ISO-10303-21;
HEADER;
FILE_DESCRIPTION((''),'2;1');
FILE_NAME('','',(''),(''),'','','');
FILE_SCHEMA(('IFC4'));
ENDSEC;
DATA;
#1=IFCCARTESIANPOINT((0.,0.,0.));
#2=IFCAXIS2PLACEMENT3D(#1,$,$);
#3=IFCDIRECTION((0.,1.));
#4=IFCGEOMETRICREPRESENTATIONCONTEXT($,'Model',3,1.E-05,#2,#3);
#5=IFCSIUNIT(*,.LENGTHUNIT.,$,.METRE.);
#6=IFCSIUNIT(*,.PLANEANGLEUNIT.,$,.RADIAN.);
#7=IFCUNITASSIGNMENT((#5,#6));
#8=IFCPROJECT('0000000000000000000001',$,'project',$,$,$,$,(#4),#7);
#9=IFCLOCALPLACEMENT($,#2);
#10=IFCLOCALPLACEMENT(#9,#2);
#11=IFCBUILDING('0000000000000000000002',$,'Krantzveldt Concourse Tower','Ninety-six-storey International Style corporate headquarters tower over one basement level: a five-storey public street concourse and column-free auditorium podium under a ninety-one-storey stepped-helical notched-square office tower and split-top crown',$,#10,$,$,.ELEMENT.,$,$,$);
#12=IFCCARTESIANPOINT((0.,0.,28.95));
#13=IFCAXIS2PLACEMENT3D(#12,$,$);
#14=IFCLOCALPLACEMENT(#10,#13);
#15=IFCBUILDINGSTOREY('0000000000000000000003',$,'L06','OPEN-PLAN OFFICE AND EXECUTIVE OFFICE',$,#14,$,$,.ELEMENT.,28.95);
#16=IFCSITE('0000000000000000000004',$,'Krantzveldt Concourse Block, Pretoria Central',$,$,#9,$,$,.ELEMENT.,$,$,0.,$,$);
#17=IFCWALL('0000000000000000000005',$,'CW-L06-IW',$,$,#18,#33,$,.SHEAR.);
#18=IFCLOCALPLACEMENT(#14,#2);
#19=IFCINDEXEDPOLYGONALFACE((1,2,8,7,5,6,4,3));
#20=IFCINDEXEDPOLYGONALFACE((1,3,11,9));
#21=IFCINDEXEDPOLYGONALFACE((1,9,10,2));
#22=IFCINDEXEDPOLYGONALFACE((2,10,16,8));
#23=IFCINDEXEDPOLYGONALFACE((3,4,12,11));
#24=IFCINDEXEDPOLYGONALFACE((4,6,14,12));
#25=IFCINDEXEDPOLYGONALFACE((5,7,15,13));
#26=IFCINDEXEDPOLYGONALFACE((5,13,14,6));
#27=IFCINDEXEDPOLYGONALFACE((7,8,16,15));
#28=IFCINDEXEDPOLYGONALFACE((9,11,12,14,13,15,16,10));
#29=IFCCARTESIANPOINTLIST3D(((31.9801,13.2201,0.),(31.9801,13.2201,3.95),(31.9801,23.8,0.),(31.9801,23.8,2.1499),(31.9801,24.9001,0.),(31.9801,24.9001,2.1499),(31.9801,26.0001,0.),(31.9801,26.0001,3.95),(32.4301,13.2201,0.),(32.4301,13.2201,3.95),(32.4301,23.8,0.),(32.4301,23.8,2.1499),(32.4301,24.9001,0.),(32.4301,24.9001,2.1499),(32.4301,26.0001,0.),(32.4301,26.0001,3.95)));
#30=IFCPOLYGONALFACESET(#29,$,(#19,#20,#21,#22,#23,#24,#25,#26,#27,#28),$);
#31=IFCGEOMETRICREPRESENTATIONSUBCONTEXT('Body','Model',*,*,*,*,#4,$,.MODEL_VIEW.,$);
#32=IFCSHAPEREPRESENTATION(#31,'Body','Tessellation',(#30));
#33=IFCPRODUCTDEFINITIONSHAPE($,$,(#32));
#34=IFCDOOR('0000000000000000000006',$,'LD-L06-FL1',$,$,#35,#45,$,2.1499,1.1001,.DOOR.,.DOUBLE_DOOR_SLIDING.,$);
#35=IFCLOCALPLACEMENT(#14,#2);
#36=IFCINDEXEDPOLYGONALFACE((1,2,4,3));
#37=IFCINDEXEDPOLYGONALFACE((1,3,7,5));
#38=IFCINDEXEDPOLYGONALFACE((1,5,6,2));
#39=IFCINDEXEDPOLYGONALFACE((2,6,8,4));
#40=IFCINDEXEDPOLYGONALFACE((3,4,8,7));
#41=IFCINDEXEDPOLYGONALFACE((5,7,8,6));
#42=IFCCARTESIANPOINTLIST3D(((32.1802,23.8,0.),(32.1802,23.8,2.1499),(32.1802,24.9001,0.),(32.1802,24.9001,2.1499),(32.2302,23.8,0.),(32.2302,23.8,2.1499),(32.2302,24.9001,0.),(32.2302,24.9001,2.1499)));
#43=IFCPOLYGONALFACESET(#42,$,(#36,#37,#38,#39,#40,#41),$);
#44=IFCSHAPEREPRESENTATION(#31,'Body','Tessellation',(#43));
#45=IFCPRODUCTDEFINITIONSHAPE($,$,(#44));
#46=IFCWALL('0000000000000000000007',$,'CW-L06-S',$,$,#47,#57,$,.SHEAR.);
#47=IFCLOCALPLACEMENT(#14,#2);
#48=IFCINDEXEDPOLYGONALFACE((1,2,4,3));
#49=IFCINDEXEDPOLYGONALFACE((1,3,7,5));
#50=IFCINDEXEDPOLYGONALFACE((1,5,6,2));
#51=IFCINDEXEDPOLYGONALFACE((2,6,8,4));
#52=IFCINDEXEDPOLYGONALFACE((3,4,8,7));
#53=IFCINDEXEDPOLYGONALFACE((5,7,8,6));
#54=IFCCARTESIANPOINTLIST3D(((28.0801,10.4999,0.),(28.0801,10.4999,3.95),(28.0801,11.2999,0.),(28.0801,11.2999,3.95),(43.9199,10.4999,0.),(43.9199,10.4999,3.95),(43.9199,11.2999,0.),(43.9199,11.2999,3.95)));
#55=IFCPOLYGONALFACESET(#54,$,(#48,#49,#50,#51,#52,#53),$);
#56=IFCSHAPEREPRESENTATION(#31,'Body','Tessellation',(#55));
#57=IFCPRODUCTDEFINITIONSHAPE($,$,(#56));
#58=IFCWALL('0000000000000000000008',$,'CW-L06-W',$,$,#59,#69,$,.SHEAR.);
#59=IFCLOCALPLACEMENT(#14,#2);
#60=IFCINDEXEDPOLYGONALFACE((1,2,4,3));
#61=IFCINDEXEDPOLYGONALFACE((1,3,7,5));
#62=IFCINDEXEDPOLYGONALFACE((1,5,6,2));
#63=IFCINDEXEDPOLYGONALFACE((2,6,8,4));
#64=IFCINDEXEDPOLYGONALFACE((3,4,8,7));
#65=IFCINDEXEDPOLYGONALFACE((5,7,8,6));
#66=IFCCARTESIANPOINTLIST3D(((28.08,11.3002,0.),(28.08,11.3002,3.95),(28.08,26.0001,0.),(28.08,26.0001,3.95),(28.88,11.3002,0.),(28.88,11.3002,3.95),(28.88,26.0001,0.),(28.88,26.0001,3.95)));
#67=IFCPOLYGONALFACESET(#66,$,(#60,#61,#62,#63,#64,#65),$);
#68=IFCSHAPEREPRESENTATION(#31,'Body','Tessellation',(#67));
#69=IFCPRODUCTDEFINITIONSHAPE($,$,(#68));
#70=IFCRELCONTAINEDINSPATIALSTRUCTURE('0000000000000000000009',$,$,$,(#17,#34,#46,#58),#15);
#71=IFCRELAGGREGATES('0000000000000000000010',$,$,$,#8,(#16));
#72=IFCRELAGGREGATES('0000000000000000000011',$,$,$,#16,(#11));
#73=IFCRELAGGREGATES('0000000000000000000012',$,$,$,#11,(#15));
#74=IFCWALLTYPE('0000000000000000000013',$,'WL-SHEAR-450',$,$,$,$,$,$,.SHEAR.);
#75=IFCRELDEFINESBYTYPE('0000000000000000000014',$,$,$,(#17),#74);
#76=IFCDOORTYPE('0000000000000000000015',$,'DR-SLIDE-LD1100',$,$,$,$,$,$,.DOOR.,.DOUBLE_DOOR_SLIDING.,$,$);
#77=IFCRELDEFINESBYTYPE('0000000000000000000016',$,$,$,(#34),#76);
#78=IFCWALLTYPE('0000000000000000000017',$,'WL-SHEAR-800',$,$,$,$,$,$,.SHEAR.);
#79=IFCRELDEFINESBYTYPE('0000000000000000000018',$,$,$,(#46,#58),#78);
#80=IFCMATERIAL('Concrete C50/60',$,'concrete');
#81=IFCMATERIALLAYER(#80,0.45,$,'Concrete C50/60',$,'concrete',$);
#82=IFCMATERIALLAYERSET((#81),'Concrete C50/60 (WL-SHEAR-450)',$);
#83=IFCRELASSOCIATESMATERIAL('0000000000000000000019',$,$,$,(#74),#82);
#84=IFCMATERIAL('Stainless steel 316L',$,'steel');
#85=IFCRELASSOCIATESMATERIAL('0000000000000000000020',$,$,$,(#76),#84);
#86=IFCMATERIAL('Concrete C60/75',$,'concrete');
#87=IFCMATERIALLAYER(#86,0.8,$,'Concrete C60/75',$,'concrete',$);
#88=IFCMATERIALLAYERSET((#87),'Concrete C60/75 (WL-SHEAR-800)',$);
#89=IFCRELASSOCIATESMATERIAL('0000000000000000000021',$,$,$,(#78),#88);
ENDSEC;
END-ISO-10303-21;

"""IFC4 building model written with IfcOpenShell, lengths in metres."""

from ifc_helpers import new_model, si_unit, direction, frame, frame_2d, origin, place, context, subcontext, project, spatial, rectangle, extrude, material, layer, layer_set, type_object, element, fill, save


model = new_model("IFC4")

# Units and contexts
model_context = context("Model", 3, precision=1e-05, world=origin(), true_north=direction((0.0, 1.0)))
body_context = subcontext(model_context, "Body", "Model", "MODEL_VIEW")
ifc_project = project(units=[si_unit("LENGTHUNIT", "METRE"), si_unit("PLANEANGLEUNIT", "RADIAN")], contexts=[model_context])

# Site, building, storey
site_placement = place(None, origin())
site = spatial("IfcSite", under=ifc_project, at=site_placement, Name="Krantzveldt Concourse Block, Pretoria Central", CompositionType="ELEMENT", RefElevation=0.0)
building_placement = place(site_placement, origin())
building = spatial("IfcBuilding", under=site, at=building_placement, Name="Krantzveldt Concourse Tower", Description="Ninety-six-storey International Style corporate headquarters tower over one basement level: a five-storey public street concourse and column-free auditorium podium under a ninety-one-storey stepped-helical notched-square office tower and split-top crown", CompositionType="ELEMENT")
storey_placement = place(building_placement, frame((0.0, 0.0, 28.95)))
storey = spatial("IfcBuildingStorey", under=building, at=storey_placement, Name="L06", Description="OPEN-PLAN OFFICE AND EXECUTIVE OFFICE", CompositionType="ELEMENT", Elevation=28.95)

# Shared definitions
ifc_material_1 = material(Name="Concrete C50/60", Category="concrete")

# Wall, opening, door
ifc_layer_1 = layer(ifc_material_1, 0.45, Name="Concrete C50/60", Category="concrete")
ifc_layer_set_1 = layer_set([ifc_layer_1], Name="Concrete C50/60 (WL-SHEAR-450)")
wall_type_1 = type_object("IfcWallType", Name="WL-SHEAR-450", PredefinedType="SHEAR", material=ifc_layer_set_1)
wall_1_placement = place(storey_placement, frame((32.2051, 13.22, 0.0), z_axis=(0.0, 0.0, 1.0), x_axis=(0.0, 1.0, 0.0)))
wall_1 = element("IfcWall", 1, at=wall_1_placement, inside=storey, type_object=wall_type_1, Name="CW-L06-IW", PredefinedType="SHEAR", context=body_context, shape_type="SweptSolid", body=[
    extrude(rectangle(XDim=12.78, YDim=0.45, at=frame_2d((6.3901, 0.0))), origin(), (0.0, 0.0, 1.0), 3.95),
])
opening_1_placement = place(wall_1_placement, frame((10.5801, 0.0, 0.0)))
opening_1 = element("IfcOpeningElement", 2, at=opening_1_placement, cuts=wall_1, PredefinedType="OPENING", context=body_context, shape_type="SweptSolid", body=[
    extrude(rectangle(XDim=1.1001, YDim=2.1499, at=frame_2d((0.55, 1.075))), frame((0.0, 0.2349, 0.0), z_axis=(0.0, -1.0, 0.0), x_axis=(1.0, 0.0, 0.0)), (0.0, 0.0, 1.0), 0.47),
])
ifc_material_2 = material(Name="Stainless steel 316L", Category="steel")
door_type_1 = type_object("IfcDoorType", Name="DR-SLIDE-LD1100", OperationType="DOUBLE_DOOR_SLIDING", PredefinedType="DOOR", material=ifc_material_2)
door_1_placement = place(opening_1_placement, origin())
door_1 = element("IfcDoor", 3, at=door_1_placement, inside=storey, type_object=door_type_1, Name="LD-L06-FL1", OperationType="DOUBLE_DOOR_SLIDING", OverallHeight=2.1499, OverallWidth=1.1001, PredefinedType="DOOR", context=body_context, shape_type="SweptSolid", body=[
    extrude(rectangle(XDim=1.1001, YDim=2.1499, at=frame_2d((0.55, 1.075))), frame((0.0, 0.0249, 0.0), z_axis=(0.0, -1.0, 0.0), x_axis=(1.0, 0.0, 0.0)), (0.0, 0.0, 1.0), 0.05),
])
fill(opening_1, door_1)

# Walls
ifc_material_3 = material(Name="Concrete C60/75", Category="concrete")
ifc_layer_2 = layer(ifc_material_3, 0.8, Name="Concrete C60/75", Category="concrete")
ifc_layer_set_2 = layer_set([ifc_layer_2], Name="Concrete C60/75 (WL-SHEAR-800)")
wall_type_2 = type_object("IfcWallType", Name="WL-SHEAR-800", PredefinedType="SHEAR", material=ifc_layer_set_2)
wall_2_placement = place(storey_placement, frame((28.0801, 10.8999, 0.0), z_axis=(0.0, 0.0, 1.0), x_axis=(1.0, 0.0, 0.0)))
element("IfcWall", 4, at=wall_2_placement, inside=storey, type_object=wall_type_2, Name="CW-L06-S", PredefinedType="SHEAR", context=body_context, shape_type="SweptSolid", body=[
    extrude(rectangle(XDim=15.8398, YDim=0.8, at=frame_2d((7.9199, 0.0))), origin(), (0.0, 0.0, 1.0), 3.95),
])
wall_3_placement = place(storey_placement, frame((28.48, 11.3, 0.0), z_axis=(0.0, 0.0, 1.0), x_axis=(0.0, 1.0, 0.0)))
element("IfcWall", 5, at=wall_3_placement, inside=storey, type_object=wall_type_2, Name="CW-L06-W", PredefinedType="SHEAR", context=body_context, shape_type="SweptSolid", body=[
    extrude(rectangle(XDim=14.7, YDim=0.8, at=frame_2d((7.3501, 0.0))), origin(), (0.0, 0.0, 1.0), 3.95),
])

save(model, "model.ifc")
